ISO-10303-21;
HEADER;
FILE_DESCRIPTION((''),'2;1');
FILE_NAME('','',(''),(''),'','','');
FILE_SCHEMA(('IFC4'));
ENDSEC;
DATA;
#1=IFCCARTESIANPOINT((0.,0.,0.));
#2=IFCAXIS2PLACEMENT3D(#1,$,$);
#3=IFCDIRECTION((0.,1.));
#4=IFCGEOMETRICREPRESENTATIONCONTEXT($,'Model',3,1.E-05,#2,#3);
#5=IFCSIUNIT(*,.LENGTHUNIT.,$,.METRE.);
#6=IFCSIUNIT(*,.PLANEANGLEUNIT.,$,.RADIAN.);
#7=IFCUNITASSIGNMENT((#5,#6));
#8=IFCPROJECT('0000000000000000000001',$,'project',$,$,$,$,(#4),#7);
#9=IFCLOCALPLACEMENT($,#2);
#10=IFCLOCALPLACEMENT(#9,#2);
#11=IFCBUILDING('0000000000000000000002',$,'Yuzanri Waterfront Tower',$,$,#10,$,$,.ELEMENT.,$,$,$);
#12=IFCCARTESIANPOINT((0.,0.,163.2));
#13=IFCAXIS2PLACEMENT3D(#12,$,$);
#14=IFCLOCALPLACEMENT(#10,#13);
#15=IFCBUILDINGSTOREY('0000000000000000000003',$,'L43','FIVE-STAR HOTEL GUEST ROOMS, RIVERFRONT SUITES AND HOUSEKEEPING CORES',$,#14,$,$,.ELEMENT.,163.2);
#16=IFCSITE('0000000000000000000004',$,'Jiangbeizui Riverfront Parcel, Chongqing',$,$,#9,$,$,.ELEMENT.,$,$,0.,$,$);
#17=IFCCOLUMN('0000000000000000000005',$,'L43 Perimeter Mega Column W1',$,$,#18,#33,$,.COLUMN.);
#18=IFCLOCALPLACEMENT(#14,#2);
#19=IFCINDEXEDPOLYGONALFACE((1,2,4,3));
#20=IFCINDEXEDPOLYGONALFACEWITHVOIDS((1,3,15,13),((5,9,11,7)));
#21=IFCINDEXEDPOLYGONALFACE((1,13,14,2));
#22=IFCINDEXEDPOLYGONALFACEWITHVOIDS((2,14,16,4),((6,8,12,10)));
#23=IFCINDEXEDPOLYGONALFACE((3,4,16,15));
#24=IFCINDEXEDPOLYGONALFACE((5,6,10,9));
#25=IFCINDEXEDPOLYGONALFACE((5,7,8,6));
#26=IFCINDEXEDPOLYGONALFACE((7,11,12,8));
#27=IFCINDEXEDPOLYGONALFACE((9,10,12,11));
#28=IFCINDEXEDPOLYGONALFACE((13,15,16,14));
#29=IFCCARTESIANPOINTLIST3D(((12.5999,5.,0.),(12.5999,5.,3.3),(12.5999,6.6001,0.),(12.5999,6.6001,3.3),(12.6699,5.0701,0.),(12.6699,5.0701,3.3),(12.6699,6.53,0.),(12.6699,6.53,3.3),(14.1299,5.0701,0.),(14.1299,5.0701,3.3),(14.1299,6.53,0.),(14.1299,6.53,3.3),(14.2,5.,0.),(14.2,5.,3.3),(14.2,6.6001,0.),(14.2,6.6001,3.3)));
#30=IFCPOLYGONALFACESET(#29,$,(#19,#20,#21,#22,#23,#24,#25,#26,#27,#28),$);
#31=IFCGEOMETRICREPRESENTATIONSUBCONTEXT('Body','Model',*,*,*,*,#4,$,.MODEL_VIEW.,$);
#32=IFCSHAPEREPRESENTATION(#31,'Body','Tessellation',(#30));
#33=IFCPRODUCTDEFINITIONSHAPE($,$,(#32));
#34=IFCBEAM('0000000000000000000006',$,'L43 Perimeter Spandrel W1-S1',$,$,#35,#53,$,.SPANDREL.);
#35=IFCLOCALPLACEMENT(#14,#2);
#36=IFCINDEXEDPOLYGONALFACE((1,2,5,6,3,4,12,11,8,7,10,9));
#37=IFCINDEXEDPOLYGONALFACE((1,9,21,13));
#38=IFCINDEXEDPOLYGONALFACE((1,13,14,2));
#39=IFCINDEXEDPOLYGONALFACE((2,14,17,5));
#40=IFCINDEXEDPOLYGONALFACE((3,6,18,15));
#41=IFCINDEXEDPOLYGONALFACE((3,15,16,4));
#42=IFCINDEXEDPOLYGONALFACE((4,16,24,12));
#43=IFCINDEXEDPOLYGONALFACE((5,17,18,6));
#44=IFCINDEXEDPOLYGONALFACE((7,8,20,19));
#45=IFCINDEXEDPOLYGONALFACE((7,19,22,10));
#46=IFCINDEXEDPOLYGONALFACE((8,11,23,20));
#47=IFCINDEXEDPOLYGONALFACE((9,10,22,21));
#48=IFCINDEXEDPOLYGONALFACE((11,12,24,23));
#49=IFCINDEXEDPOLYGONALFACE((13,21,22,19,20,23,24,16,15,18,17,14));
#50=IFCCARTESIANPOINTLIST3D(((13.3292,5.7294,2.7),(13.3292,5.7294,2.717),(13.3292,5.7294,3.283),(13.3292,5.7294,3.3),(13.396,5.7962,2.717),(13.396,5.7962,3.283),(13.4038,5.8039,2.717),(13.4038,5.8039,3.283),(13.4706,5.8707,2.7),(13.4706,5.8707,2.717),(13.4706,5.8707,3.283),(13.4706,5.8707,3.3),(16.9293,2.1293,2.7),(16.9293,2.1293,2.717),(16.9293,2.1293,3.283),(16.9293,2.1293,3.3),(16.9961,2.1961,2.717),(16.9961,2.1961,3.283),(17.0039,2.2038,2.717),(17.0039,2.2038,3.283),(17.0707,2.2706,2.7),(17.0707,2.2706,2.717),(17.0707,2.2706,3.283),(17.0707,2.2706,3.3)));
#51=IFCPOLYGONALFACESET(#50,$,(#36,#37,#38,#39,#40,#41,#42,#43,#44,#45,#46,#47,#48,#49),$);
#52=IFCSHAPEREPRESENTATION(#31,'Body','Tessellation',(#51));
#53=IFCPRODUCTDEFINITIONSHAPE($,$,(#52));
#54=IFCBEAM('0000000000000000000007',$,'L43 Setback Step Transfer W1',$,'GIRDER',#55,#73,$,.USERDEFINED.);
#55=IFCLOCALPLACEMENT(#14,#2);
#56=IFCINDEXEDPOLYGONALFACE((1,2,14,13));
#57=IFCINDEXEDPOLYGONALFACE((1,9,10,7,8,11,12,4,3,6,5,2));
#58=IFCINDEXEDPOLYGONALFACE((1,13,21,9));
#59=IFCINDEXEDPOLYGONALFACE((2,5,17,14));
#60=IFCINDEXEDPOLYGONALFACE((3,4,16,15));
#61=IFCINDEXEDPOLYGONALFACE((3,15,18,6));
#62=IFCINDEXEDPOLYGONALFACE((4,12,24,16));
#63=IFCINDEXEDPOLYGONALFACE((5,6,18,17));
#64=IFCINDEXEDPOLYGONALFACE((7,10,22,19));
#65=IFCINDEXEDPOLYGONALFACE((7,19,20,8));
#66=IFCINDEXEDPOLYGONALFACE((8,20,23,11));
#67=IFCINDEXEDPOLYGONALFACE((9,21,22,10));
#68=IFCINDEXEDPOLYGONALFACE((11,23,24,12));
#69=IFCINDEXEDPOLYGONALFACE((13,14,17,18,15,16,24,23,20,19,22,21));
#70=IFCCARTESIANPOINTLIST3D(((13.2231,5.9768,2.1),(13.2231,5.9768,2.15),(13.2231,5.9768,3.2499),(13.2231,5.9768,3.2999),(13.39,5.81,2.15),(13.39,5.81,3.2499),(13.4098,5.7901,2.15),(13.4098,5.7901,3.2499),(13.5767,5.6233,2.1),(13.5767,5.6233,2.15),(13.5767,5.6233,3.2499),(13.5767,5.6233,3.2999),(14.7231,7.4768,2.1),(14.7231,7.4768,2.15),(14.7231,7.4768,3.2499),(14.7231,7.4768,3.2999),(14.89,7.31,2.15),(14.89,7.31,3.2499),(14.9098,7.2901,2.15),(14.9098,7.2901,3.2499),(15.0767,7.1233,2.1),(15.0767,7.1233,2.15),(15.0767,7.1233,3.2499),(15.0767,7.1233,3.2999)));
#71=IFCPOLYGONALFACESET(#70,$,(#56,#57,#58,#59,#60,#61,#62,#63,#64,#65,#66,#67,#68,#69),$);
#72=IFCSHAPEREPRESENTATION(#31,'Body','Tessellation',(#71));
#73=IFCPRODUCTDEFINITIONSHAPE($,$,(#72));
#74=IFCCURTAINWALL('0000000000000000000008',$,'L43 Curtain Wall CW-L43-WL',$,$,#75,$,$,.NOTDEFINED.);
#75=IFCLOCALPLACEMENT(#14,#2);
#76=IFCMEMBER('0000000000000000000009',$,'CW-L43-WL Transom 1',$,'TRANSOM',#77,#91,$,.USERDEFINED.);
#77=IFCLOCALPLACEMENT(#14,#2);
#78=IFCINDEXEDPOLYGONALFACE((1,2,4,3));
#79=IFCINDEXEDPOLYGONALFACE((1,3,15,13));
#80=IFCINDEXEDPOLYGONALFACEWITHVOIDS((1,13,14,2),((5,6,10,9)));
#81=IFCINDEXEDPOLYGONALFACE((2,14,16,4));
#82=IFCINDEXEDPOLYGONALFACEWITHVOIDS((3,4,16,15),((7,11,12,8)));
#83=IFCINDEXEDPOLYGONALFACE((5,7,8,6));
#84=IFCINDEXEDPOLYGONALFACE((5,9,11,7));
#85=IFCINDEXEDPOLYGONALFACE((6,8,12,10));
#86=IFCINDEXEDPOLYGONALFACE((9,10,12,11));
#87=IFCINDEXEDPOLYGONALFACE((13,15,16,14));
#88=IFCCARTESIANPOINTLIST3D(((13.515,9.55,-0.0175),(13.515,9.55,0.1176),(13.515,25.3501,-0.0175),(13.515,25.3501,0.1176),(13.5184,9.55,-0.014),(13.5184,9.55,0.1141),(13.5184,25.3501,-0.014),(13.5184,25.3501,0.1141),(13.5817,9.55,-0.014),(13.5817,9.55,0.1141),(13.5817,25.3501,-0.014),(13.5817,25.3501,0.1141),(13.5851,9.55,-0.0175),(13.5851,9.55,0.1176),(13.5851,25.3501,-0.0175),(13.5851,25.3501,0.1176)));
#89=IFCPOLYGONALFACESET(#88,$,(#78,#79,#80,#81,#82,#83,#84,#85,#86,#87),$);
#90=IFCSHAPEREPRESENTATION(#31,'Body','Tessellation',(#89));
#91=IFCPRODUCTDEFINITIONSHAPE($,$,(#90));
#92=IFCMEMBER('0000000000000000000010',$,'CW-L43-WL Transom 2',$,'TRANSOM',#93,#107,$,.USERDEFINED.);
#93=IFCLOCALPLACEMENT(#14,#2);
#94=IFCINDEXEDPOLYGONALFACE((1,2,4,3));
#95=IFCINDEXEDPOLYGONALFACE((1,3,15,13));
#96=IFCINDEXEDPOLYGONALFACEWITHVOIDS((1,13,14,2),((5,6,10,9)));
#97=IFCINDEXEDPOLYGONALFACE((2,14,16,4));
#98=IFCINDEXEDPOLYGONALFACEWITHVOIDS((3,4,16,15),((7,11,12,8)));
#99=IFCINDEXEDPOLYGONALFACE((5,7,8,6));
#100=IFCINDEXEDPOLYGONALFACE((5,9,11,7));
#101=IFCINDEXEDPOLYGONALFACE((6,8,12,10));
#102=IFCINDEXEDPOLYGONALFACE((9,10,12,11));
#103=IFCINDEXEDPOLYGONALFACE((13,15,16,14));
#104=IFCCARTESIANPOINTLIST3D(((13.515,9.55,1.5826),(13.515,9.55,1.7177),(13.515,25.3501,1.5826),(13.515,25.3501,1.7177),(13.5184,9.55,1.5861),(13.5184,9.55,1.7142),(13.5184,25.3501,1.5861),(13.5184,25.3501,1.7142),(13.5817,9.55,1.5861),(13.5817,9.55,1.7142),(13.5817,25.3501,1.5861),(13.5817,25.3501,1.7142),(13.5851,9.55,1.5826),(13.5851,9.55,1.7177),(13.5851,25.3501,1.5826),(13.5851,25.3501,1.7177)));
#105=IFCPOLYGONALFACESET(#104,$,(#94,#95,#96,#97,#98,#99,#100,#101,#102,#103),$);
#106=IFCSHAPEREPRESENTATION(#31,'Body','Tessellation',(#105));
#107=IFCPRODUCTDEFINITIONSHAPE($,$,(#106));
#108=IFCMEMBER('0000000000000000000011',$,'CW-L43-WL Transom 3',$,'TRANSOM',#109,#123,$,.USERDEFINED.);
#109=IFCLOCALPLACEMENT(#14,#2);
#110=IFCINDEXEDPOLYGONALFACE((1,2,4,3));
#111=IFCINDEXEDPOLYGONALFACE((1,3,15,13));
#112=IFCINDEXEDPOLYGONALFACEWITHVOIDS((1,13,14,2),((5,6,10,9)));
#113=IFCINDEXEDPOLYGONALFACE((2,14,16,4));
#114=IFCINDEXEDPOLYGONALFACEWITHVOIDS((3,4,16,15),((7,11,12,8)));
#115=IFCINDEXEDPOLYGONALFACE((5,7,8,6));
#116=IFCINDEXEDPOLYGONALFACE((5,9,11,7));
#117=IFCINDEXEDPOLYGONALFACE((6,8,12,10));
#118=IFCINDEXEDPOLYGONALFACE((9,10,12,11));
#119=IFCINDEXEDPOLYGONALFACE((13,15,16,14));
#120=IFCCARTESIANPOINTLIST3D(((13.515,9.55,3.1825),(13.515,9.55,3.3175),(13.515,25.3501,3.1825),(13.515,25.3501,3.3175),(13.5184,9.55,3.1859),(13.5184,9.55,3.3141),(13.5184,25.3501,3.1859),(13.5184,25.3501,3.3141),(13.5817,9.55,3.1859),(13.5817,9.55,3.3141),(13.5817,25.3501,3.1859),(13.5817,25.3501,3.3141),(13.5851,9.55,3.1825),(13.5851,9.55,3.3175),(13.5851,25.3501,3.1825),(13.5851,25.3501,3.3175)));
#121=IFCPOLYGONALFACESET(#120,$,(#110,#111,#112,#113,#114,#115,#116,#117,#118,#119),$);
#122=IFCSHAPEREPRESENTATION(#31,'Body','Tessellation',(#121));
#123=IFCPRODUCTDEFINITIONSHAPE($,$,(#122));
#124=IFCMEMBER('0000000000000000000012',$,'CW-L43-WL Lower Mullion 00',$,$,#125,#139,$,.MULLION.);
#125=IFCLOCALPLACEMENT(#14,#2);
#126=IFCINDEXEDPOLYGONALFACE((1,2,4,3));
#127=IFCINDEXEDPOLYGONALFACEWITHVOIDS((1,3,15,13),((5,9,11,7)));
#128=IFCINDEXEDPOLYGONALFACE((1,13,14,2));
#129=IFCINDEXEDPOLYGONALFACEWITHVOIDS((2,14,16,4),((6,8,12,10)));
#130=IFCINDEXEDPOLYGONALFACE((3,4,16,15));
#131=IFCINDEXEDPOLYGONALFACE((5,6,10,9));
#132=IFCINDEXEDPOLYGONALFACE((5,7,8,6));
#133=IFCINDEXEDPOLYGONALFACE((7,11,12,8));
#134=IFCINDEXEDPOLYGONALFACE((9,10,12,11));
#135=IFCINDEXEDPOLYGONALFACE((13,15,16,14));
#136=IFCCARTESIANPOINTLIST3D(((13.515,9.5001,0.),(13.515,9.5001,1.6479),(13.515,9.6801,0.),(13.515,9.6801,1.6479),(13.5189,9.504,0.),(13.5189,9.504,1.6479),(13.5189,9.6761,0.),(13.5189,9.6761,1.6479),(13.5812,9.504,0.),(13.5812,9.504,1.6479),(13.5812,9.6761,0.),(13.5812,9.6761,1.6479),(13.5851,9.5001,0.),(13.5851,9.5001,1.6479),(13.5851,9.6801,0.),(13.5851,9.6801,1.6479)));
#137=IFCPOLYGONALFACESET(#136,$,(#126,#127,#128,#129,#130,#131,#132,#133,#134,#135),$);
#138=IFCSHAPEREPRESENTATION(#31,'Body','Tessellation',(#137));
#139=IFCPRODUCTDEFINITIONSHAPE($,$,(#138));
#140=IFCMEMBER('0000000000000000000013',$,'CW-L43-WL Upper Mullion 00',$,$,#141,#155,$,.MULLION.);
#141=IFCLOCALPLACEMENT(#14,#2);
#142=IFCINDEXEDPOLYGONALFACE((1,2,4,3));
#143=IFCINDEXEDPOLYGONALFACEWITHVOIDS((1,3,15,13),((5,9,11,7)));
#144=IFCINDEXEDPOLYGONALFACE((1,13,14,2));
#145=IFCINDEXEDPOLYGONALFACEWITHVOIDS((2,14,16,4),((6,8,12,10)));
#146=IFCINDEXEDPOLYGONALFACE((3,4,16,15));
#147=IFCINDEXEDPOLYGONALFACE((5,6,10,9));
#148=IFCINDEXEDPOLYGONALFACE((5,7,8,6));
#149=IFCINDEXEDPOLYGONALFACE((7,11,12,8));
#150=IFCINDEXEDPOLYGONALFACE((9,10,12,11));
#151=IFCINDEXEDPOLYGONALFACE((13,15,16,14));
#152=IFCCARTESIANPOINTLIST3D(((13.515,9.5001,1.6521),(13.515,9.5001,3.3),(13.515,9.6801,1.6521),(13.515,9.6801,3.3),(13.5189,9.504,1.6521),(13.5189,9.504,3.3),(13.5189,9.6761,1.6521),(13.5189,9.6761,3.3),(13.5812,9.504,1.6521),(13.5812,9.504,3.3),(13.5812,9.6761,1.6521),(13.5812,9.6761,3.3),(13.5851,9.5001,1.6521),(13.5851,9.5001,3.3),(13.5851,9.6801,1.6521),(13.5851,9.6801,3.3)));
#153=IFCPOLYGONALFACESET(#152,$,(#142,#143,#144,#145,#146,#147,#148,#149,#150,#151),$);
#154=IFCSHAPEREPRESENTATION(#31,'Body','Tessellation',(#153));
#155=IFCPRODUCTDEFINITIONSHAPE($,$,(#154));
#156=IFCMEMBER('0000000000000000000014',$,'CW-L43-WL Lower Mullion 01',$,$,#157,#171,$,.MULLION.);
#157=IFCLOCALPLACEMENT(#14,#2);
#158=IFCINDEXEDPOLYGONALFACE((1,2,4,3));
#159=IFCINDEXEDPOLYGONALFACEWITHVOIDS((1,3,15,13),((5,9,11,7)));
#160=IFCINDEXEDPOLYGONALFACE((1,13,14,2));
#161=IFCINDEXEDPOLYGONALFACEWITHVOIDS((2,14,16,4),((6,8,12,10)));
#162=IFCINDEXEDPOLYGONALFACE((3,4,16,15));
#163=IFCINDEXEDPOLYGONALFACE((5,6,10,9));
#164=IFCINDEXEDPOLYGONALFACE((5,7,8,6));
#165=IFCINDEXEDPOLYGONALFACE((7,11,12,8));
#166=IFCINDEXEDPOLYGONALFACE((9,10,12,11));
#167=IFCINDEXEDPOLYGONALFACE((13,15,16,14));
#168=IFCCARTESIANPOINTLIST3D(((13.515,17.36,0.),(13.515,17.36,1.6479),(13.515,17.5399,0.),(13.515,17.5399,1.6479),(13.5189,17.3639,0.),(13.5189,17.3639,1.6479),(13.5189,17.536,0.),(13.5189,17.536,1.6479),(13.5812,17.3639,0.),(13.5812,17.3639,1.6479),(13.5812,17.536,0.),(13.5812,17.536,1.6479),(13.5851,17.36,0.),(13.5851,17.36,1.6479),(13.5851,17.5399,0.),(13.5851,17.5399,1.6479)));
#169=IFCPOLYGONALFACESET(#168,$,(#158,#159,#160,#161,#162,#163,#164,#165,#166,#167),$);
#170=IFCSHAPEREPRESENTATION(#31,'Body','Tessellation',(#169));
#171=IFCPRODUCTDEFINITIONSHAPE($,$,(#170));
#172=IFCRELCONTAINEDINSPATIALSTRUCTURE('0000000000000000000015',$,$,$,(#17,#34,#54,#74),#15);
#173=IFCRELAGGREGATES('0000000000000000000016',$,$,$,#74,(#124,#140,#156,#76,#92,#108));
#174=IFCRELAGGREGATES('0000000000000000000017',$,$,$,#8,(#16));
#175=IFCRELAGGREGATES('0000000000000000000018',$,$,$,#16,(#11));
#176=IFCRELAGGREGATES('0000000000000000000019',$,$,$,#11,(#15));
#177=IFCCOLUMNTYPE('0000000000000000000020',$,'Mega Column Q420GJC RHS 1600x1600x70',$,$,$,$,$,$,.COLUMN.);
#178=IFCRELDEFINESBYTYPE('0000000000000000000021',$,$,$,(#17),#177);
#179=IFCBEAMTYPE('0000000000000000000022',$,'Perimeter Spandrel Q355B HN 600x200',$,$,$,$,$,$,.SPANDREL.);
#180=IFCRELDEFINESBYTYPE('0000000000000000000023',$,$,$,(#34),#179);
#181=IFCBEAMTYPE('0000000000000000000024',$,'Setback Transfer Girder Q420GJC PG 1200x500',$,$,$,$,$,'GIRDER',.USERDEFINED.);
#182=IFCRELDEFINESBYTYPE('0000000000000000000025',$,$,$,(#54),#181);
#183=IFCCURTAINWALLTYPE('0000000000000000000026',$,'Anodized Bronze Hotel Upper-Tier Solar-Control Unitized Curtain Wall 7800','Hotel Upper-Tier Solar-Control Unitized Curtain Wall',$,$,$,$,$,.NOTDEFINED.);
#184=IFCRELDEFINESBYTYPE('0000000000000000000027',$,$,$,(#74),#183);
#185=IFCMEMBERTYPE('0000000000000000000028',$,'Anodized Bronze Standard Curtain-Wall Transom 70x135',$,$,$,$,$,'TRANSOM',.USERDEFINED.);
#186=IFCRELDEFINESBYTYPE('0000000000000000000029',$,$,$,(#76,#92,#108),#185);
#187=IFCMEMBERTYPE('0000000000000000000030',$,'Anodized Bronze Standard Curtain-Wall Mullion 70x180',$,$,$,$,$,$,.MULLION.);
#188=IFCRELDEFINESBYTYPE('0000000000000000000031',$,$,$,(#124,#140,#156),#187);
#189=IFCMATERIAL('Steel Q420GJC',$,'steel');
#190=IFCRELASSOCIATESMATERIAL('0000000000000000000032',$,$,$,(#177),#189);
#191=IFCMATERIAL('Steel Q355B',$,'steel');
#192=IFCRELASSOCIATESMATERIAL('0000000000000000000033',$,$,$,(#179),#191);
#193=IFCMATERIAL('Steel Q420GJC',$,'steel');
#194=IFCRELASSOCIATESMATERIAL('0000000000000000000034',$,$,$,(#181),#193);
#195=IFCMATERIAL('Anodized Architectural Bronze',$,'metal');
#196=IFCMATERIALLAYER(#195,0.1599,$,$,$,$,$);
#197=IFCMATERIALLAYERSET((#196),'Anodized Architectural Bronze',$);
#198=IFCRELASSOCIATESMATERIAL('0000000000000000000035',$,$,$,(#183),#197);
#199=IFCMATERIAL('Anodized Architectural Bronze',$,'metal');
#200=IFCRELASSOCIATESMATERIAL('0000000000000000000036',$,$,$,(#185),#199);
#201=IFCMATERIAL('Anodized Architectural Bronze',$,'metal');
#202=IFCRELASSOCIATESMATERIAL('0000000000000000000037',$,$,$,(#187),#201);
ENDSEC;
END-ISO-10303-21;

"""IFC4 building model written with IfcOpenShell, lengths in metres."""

from ifc_helpers import new_model, si_unit, direction, frame, origin, origin_2d, place, context, subcontext, project, spatial, hollow_rectangle, i_section, extrude, source, transform, mapped, material, layer, layer_set, material_profile, profile_set, type_object, element, aggregate, save


model = new_model("IFC4")

# Units and contexts
model_context = context("Model", 3, precision=1e-05, world=origin(), true_north=direction((0.0, 1.0)))
body_context = subcontext(model_context, "Body", "Model", "MODEL_VIEW")
ifc_project = project(units=[si_unit("LENGTHUNIT", "METRE"), si_unit("PLANEANGLEUNIT", "RADIAN")], contexts=[model_context])

# Site, building, storey
site_placement = place(None, origin())
site = spatial("IfcSite", under=ifc_project, at=site_placement, Name="Jiangbeizui Riverfront Parcel, Chongqing", CompositionType="ELEMENT", RefElevation=0.0)
building_placement = place(site_placement, origin())
building = spatial("IfcBuilding", under=site, at=building_placement, Name="Yuzanri Waterfront Tower", CompositionType="ELEMENT")
storey_placement = place(building_placement, frame((0.0, 0.0, 163.2)))
storey = spatial("IfcBuildingStorey", under=building, at=storey_placement, Name="L43", Description="FIVE-STAR HOTEL GUEST ROOMS, RIVERFRONT SUITES AND HOUSEKEEPING CORES", CompositionType="ELEMENT", Elevation=163.2)

# Column
ifc_material_1 = material(Name="Steel Q420GJC", Category="steel")
ifc_material_profile_1 = material_profile(ifc_material_1, hollow_rectangle(XDim=1.6001, YDim=1.6001, WallThickness=0.0701, at=origin_2d()), Name="RHS 1600x1600x70")
ifc_profile_set_1 = profile_set([ifc_material_profile_1], Name="Steel Q420GJC")
column_type = type_object("IfcColumnType", Name="Mega Column Q420GJC RHS 1600x1600x70", PredefinedType="COLUMN", material=ifc_profile_set_1)
shared_shape_1 = source(origin(), body_context, "Body", "SweptSolid", [
    extrude(hollow_rectangle(XDim=1.6001, YDim=1.6001, WallThickness=0.0701, at=origin_2d()), origin(), (0.0, 0.0, 1.0), 3.3),
])
column_placement = place(storey_placement, frame((13.3999, 5.8, 0.0), z_axis=(0.0, 0.0, 1.0), x_axis=(1.0, 0.0, 0.0)))
element("IfcColumn", 1, at=column_placement, inside=storey, type_object=column_type, Name="L43 Perimeter Mega Column W1", PredefinedType="COLUMN", context=body_context, shape_type="MappedRepresentation", body=[
    mapped(shared_shape_1, transform((0.0, 0.0, 0.0), scale=1.0)),
])

# Beams
ifc_material_2 = material(Name="Steel Q355B", Category="steel")
ifc_material_profile_2 = material_profile(ifc_material_2, i_section(OverallWidth=0.2, OverallDepth=0.6001, WebThickness=0.011, FlangeThickness=0.0171, at=origin_2d()), Name="HN 600x200x11x17")
ifc_profile_set_2 = profile_set([ifc_material_profile_2], Name="Steel Q355B")
beam_type_1 = type_object("IfcBeamType", Name="Perimeter Spandrel Q355B HN 600x200", PredefinedType="SPANDREL", material=ifc_profile_set_2)
shared_shape_2 = source(origin(), body_context, "Body", "SweptSolid", [
    extrude(i_section(OverallWidth=0.2, OverallDepth=0.6001, WebThickness=0.011, FlangeThickness=0.0171, at=origin_2d()), origin(), (0.0, 0.0, 1.0), 5.0913),
])
beam_1_placement = place(storey_placement, frame((13.3999, 5.8, 3.0), z_axis=(0.707107, -0.707107, 0.0), x_axis=(0.707107, 0.707107, 0.0)))
element("IfcBeam", 2, at=beam_1_placement, inside=storey, type_object=beam_type_1, Name="L43 Perimeter Spandrel W1-S1", PredefinedType="SPANDREL", context=body_context, shape_type="MappedRepresentation", body=[
    mapped(shared_shape_2, transform((0.0, 0.0, 0.0), scale=1.0)),
])
ifc_material_3 = material(Name="Steel Q420GJC", Category="steel")
ifc_material_profile_3 = material_profile(ifc_material_3, i_section(OverallWidth=0.5, OverallDepth=1.2, WebThickness=0.0281, FlangeThickness=0.05, at=origin_2d()), Name="PG 1200x500x28x50")
ifc_profile_set_3 = profile_set([ifc_material_profile_3], Name="Steel Q420GJC")
beam_type_2 = type_object("IfcBeamType", Name="Setback Transfer Girder Q420GJC PG 1200x500", ElementType="GIRDER", PredefinedType="USERDEFINED", material=ifc_profile_set_3)
shared_shape_3 = source(origin(), body_context, "Body", "SweptSolid", [
    extrude(i_section(OverallWidth=0.5, OverallDepth=1.2, WebThickness=0.0281, FlangeThickness=0.05, at=origin_2d()), origin(), (0.0, 0.0, 1.0), 2.1213),
])
beam_2_placement = place(storey_placement, frame((14.8999, 7.3, 2.7), z_axis=(-0.707107, -0.707107, 0.0), x_axis=(0.707107, -0.707107, 0.0)))
element("IfcBeam", 3, at=beam_2_placement, inside=storey, type_object=beam_type_2, Name="L43 Setback Step Transfer W1", ObjectType="GIRDER", PredefinedType="USERDEFINED", context=body_context, shape_type="MappedRepresentation", body=[
    mapped(shared_shape_3, transform((0.0, 0.0, 0.0), scale=1.0)),
])

# Curtain wall, members
ifc_material_4 = material(Name="Anodized Architectural Bronze", Category="metal")
ifc_layer_1 = layer(ifc_material_4, 0.1599)
ifc_layer_set_1 = layer_set([ifc_layer_1], Name="Anodized Architectural Bronze")
curtain_wall_type = type_object("IfcCurtainWallType", Name="Anodized Bronze Hotel Upper-Tier Solar-Control Unitized Curtain Wall 7800", Description="Hotel Upper-Tier Solar-Control Unitized Curtain Wall", PredefinedType="NOTDEFINED", material=ifc_layer_set_1)
curtain_wall_placement = place(storey_placement, origin())
curtain_wall = element("IfcCurtainWall", 4, at=curtain_wall_placement, inside=storey, type_object=curtain_wall_type, Name="L43 Curtain Wall CW-L43-WL", PredefinedType="NOTDEFINED")
ifc_material_5 = material(Name="Anodized Architectural Bronze", Category="metal")
ifc_material_profile_4 = material_profile(ifc_material_5, hollow_rectangle(XDim=0.0701, YDim=0.135, WallThickness=0.0034, at=origin_2d()), Name="CWT 70x135")
ifc_profile_set_4 = profile_set([ifc_material_profile_4], Name="Anodized Architectural Bronze")
member_type_1 = type_object("IfcMemberType", Name="Anodized Bronze Standard Curtain-Wall Transom 70x135", ElementType="TRANSOM", PredefinedType="USERDEFINED", material=ifc_profile_set_4)
shared_shape_4 = source(origin(), body_context, "Body", "SweptSolid", [
    extrude(hollow_rectangle(XDim=0.0701, YDim=0.135, WallThickness=0.0034, at=origin_2d()), origin(), (0.0, 0.0, 1.0), 15.8),
])
member_1_placement = place(storey_placement, frame((13.55, 9.55, 0.05), z_axis=(0.0, 1.0, 0.0), x_axis=(-1.0, 0.0, 0.0)))
member_1 = element("IfcMember", 5, at=member_1_placement, type_object=member_type_1, Name="CW-L43-WL Transom 1", ObjectType="TRANSOM", PredefinedType="USERDEFINED", context=body_context, shape_type="MappedRepresentation", body=[
    mapped(shared_shape_4, transform((0.0, 0.0, 0.0), scale=1.0)),
])
member_2_placement = place(storey_placement, frame((13.55, 9.55, 1.6501), z_axis=(0.0, 1.0, 0.0), x_axis=(-1.0, 0.0, 0.0)))
member_2 = element("IfcMember", 6, at=member_2_placement, type_object=member_type_1, Name="CW-L43-WL Transom 2", ObjectType="TRANSOM", PredefinedType="USERDEFINED", context=body_context, shape_type="MappedRepresentation", body=[
    mapped(shared_shape_4, transform((0.0, 0.0, 0.0), scale=1.0)),
])
member_3_placement = place(storey_placement, frame((13.55, 9.55, 3.25), z_axis=(0.0, 1.0, 0.0), x_axis=(-1.0, 0.0, 0.0)))
member_3 = element("IfcMember", 7, at=member_3_placement, type_object=member_type_1, Name="CW-L43-WL Transom 3", ObjectType="TRANSOM", PredefinedType="USERDEFINED", context=body_context, shape_type="MappedRepresentation", body=[
    mapped(shared_shape_4, transform((0.0, 0.0, 0.0), scale=1.0)),
])
ifc_material_6 = material(Name="Anodized Architectural Bronze", Category="metal")
ifc_material_profile_5 = material_profile(ifc_material_6, hollow_rectangle(XDim=0.0701, YDim=0.1799, WallThickness=0.0039, at=origin_2d()), Name="CWM 70x180")
ifc_profile_set_5 = profile_set([ifc_material_profile_5], Name="Anodized Architectural Bronze")
member_type_2 = type_object("IfcMemberType", Name="Anodized Bronze Standard Curtain-Wall Mullion 70x180", PredefinedType="MULLION", material=ifc_profile_set_5)
shared_shape_5 = source(origin(), body_context, "Body", "SweptSolid", [
    extrude(hollow_rectangle(XDim=0.0701, YDim=0.1799, WallThickness=0.0039, at=origin_2d()), origin(), (0.0, 0.0, 1.0), 1.6479),
])
member_4_placement = place(storey_placement, frame((13.55, 9.5901, 0.0), z_axis=(0.0, 0.0, 1.0), x_axis=(1.0, 0.0, 0.0)))
member_4 = element("IfcMember", 8, at=member_4_placement, type_object=member_type_2, Name="CW-L43-WL Lower Mullion 00", PredefinedType="MULLION", context=body_context, shape_type="MappedRepresentation", body=[
    mapped(shared_shape_5, transform((0.0, 0.0, 0.0), scale=1.0)),
])
member_5_placement = place(storey_placement, frame((13.55, 9.5901, 1.6521), z_axis=(0.0, 0.0, 1.0), x_axis=(1.0, 0.0, 0.0)))
member_5 = element("IfcMember", 9, at=member_5_placement, type_object=member_type_2, Name="CW-L43-WL Upper Mullion 00", PredefinedType="MULLION", context=body_context, shape_type="MappedRepresentation", body=[
    mapped(shared_shape_5, transform((0.0, 0.0, 0.0), scale=1.0)),
])
member_6_placement = place(storey_placement, frame((13.55, 17.45, 0.0), z_axis=(0.0, 0.0, 1.0), x_axis=(1.0, 0.0, 0.0)))
member_6 = element("IfcMember", 10, at=member_6_placement, type_object=member_type_2, Name="CW-L43-WL Lower Mullion 01", PredefinedType="MULLION", context=body_context, shape_type="MappedRepresentation", body=[
    mapped(shared_shape_5, transform((0.0, 0.0, 0.0), scale=1.0)),
])

aggregate(curtain_wall, [member_4, member_5, member_6, member_1, member_2, member_3])

save(model, "model.ifc")
